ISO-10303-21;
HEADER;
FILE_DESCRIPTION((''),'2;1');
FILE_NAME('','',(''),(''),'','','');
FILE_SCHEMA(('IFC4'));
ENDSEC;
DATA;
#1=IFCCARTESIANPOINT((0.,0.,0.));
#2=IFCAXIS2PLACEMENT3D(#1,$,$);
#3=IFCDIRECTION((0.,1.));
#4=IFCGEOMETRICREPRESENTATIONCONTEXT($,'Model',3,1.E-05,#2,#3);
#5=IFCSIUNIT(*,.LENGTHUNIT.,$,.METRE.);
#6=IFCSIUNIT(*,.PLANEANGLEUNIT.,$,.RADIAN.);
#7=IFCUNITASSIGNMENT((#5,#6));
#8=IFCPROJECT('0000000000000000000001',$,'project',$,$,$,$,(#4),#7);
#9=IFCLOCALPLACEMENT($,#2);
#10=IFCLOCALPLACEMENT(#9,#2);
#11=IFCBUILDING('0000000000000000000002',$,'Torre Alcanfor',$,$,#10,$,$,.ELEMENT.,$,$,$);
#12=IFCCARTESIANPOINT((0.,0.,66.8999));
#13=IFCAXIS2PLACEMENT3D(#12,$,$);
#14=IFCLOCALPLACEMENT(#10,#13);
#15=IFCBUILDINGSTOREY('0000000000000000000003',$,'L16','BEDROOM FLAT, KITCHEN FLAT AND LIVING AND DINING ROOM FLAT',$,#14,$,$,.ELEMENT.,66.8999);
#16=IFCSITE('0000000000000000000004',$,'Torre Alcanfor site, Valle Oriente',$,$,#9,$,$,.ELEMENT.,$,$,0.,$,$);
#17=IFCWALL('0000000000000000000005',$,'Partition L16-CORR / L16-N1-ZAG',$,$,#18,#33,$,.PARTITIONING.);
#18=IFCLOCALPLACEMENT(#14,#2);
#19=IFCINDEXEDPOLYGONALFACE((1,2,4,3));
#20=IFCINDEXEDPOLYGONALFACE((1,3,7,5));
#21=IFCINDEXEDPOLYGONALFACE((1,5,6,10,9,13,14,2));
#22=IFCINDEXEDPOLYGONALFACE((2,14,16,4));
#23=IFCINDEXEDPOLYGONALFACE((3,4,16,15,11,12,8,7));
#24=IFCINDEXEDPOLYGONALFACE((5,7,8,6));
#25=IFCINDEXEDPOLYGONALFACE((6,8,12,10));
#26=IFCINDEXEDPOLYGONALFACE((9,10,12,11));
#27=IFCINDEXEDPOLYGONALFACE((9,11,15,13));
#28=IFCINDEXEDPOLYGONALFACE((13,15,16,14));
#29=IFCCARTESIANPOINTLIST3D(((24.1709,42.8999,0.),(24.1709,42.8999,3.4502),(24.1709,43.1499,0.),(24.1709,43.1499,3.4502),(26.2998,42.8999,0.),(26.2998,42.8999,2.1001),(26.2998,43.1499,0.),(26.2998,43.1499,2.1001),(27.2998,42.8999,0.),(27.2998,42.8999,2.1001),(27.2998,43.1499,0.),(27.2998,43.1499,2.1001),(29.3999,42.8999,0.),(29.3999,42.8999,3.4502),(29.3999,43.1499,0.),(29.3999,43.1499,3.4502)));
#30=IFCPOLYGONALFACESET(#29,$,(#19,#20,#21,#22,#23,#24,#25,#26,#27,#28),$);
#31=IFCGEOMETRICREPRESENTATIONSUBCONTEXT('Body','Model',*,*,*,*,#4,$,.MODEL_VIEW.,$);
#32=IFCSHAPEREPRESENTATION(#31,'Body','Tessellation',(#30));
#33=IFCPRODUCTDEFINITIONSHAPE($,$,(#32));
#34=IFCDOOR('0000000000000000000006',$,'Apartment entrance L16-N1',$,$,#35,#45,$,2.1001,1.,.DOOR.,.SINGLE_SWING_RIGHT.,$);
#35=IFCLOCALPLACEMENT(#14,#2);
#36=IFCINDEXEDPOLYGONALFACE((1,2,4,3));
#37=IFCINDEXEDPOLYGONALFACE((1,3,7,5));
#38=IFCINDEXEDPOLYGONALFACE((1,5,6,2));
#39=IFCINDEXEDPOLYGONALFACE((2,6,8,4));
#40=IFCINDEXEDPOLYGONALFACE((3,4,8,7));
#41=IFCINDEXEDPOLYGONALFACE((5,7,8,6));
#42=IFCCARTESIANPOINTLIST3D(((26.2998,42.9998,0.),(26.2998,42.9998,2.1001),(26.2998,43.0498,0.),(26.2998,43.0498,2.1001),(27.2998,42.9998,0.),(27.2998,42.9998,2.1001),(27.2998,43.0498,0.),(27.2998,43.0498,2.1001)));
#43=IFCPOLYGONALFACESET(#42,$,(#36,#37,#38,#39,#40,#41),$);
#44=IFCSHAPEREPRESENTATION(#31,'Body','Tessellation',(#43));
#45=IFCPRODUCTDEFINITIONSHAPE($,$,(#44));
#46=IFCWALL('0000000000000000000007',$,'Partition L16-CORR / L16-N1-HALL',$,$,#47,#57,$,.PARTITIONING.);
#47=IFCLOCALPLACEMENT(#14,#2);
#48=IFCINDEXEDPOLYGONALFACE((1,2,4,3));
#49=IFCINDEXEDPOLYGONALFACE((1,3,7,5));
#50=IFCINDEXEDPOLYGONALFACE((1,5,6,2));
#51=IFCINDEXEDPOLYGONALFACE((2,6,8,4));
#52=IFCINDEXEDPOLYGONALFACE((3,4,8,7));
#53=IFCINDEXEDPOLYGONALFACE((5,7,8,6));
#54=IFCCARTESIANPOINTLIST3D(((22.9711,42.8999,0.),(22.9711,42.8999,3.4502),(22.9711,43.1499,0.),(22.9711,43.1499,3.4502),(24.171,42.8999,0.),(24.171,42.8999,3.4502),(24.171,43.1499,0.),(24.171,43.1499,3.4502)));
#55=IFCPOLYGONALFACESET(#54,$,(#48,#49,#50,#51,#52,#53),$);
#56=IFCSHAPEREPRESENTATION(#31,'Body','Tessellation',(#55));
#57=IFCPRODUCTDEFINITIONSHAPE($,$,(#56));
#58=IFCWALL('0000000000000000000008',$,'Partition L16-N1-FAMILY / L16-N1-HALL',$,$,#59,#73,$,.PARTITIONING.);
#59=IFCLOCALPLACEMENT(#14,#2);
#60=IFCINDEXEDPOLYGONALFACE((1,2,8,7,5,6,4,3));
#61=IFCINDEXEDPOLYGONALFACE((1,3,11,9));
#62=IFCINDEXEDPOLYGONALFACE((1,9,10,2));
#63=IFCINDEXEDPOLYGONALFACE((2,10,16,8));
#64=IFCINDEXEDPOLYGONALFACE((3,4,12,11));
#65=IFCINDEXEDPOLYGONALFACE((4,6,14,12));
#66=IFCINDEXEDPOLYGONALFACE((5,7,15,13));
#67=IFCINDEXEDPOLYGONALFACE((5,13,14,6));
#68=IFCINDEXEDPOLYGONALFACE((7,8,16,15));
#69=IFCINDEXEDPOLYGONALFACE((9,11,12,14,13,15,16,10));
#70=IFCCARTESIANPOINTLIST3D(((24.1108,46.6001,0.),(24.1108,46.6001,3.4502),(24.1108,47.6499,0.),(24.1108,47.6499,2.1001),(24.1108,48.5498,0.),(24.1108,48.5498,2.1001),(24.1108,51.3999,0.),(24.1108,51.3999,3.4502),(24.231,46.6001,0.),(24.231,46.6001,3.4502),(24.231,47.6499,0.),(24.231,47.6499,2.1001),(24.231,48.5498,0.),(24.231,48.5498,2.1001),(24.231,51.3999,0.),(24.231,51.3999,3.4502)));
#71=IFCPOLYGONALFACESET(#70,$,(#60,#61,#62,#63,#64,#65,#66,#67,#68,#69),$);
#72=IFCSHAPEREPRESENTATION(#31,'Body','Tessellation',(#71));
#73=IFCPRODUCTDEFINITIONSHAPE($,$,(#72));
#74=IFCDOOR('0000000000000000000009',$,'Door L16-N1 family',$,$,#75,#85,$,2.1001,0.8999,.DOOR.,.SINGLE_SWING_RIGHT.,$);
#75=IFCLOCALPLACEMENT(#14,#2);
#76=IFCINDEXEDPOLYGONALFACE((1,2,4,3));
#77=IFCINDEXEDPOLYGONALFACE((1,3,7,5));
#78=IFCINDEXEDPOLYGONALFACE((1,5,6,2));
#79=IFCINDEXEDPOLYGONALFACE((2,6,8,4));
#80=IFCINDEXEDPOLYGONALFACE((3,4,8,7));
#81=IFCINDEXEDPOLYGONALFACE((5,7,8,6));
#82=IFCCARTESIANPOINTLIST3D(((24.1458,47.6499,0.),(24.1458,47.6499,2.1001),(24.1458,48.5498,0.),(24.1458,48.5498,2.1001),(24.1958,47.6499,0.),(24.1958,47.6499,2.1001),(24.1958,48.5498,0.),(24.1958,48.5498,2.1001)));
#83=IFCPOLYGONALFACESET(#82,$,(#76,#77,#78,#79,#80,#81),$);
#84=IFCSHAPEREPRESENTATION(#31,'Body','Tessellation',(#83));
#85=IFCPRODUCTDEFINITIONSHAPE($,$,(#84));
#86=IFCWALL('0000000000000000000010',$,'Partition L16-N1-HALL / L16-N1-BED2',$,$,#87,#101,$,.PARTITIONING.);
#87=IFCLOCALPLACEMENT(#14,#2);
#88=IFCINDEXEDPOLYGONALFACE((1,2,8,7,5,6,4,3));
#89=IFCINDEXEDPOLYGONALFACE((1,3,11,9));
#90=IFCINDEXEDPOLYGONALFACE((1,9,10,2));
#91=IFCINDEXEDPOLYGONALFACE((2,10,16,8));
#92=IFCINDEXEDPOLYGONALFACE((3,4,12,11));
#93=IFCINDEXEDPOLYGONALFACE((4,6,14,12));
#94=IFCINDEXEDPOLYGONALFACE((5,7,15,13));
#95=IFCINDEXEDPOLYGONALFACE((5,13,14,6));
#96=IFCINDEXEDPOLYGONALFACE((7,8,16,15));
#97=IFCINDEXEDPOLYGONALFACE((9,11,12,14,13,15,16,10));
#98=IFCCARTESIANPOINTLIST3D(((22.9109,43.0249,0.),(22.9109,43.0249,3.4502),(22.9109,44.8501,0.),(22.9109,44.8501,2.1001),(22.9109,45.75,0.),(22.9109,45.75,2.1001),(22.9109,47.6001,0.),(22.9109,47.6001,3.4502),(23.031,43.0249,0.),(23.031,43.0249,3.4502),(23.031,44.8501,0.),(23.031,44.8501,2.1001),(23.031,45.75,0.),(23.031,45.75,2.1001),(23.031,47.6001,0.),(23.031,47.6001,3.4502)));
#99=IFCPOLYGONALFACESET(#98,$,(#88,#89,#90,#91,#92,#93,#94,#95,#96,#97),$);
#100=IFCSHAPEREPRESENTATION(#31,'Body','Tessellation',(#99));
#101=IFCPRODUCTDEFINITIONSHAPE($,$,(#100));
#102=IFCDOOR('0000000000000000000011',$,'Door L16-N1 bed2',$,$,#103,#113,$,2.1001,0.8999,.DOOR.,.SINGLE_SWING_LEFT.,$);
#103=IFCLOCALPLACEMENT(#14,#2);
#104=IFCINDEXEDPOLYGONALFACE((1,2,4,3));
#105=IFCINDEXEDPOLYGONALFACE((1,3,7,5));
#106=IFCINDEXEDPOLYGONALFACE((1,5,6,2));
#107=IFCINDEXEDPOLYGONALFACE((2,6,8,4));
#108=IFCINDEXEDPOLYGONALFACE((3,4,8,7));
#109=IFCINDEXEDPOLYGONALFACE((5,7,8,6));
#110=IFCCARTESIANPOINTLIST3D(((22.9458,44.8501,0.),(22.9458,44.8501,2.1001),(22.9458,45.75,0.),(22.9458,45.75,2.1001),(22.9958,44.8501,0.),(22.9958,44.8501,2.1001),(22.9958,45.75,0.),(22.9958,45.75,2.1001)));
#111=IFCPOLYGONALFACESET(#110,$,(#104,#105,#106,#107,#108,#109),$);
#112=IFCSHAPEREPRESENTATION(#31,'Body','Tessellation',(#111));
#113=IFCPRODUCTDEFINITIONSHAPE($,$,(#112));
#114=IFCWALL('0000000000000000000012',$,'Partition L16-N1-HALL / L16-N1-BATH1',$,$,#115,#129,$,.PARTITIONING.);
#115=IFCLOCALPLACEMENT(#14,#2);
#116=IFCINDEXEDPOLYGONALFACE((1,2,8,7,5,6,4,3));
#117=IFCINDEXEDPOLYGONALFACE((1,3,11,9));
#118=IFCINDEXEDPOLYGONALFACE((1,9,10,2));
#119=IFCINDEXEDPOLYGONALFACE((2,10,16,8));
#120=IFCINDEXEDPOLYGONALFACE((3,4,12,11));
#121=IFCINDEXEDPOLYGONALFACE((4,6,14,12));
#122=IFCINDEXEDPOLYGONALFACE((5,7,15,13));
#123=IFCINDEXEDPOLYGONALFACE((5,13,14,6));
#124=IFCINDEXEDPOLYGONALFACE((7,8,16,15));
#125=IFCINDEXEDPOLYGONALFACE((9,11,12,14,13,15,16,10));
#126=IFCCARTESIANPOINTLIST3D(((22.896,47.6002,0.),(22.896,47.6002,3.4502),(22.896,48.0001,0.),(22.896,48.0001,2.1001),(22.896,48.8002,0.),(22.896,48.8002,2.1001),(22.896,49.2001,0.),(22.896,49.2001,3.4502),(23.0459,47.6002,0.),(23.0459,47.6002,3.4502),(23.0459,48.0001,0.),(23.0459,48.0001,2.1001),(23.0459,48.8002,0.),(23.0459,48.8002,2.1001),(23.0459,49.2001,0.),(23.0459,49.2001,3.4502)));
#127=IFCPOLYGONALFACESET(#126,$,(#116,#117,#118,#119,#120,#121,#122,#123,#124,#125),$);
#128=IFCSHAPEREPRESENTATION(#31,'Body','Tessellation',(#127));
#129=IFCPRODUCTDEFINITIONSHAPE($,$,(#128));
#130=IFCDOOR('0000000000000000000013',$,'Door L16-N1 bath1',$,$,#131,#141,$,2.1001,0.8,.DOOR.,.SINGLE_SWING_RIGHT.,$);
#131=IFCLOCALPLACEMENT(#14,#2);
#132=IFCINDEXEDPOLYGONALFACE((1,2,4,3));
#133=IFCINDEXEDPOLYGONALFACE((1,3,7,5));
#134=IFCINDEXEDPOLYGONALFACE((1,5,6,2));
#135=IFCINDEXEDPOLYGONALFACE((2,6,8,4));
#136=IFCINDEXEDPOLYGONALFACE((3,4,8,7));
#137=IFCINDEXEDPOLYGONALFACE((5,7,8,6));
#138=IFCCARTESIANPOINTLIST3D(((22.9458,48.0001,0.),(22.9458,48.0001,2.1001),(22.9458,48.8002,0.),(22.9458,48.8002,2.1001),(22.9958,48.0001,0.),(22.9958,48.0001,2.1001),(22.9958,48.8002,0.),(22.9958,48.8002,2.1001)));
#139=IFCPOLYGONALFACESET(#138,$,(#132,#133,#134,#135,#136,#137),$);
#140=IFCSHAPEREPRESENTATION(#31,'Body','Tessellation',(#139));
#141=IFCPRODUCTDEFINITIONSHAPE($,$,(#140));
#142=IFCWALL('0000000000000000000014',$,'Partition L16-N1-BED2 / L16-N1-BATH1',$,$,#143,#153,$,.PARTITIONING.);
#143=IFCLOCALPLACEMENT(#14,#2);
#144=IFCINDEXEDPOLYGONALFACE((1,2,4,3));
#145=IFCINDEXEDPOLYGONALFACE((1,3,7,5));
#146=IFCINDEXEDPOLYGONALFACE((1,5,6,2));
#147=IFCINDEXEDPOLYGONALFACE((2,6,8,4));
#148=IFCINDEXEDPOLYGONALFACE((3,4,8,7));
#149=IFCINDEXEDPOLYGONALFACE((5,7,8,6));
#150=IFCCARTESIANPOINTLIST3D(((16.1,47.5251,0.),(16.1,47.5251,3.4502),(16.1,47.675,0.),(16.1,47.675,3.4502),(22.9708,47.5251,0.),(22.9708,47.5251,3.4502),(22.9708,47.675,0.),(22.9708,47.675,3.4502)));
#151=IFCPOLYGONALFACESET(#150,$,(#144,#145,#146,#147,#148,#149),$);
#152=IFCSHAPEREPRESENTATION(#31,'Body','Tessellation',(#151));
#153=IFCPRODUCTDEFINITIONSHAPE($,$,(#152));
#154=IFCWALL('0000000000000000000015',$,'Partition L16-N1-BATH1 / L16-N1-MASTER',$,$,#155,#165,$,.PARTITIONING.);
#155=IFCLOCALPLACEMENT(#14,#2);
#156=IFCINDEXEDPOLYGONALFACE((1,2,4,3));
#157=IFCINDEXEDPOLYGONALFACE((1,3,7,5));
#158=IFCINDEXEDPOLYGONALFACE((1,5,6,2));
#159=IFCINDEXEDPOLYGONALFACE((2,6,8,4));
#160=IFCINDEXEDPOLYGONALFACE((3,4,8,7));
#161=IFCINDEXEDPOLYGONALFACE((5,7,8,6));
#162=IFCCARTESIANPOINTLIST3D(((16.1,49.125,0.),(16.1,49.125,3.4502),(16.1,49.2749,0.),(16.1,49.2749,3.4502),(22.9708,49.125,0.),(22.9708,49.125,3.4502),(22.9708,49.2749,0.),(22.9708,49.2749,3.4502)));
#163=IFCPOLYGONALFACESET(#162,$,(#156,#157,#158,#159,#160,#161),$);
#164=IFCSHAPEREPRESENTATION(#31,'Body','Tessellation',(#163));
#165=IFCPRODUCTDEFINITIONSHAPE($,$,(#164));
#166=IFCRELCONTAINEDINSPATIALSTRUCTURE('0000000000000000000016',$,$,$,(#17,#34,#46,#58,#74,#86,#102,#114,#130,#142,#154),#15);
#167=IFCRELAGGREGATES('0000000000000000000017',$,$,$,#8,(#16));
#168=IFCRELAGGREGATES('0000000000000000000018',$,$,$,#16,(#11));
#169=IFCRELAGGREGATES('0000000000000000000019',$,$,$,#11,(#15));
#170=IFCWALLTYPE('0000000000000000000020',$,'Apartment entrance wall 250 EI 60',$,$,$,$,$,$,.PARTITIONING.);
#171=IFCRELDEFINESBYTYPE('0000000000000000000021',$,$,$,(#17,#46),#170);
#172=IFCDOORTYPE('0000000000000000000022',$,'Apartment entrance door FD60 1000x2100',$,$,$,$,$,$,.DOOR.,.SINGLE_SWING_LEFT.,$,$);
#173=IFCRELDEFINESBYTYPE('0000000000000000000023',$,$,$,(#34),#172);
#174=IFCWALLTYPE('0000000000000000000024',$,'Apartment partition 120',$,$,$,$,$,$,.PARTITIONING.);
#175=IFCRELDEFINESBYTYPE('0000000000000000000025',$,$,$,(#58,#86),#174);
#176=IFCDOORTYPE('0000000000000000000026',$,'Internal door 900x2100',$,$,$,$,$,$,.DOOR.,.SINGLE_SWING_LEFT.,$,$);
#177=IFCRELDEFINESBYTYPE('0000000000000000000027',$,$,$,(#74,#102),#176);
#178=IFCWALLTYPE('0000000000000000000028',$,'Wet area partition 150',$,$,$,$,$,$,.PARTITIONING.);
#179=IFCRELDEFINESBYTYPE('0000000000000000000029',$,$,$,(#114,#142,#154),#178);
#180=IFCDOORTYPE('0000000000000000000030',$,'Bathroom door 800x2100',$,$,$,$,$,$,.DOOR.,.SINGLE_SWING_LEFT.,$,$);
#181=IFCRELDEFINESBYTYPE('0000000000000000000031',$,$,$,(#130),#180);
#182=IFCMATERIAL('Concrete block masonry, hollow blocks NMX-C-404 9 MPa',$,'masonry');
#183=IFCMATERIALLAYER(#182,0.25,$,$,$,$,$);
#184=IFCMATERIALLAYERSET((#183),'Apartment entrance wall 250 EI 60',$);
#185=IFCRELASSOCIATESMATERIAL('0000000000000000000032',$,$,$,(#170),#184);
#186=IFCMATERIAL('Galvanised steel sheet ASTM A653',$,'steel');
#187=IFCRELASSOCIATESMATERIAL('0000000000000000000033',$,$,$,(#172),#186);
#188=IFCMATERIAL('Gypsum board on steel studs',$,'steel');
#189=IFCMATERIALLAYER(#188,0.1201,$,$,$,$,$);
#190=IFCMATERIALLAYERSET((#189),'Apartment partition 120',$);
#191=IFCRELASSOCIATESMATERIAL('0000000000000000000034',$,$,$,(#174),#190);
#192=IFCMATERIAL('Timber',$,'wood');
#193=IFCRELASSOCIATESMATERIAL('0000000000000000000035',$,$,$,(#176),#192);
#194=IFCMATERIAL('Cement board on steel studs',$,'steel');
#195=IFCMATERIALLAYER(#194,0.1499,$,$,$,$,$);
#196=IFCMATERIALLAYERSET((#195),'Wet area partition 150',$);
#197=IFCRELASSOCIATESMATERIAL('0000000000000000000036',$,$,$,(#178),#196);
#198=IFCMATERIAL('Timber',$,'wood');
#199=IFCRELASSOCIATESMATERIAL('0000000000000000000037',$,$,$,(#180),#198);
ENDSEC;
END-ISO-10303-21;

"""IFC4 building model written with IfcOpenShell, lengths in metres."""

from ifc_helpers import new_model, si_unit, direction, frame, frame_2d, origin, place, context, subcontext, project, spatial, rectangle, extrude, material, layer, layer_set, type_object, element, fill, save


model = new_model("IFC4")

# Units and contexts
model_context = context("Model", 3, precision=1e-05, world=origin(), true_north=direction((0.0, 1.0)))
body_context = subcontext(model_context, "Body", "Model", "MODEL_VIEW")
ifc_project = project(units=[si_unit("LENGTHUNIT", "METRE"), si_unit("PLANEANGLEUNIT", "RADIAN")], contexts=[model_context])

# Site, building, storey
site_placement = place(None, origin())
site = spatial("IfcSite", under=ifc_project, at=site_placement, Name="Torre Alcanfor site, Valle Oriente", CompositionType="ELEMENT", RefElevation=0.0)
building_placement = place(site_placement, origin())
building = spatial("IfcBuilding", under=site, at=building_placement, Name="Torre Alcanfor", CompositionType="ELEMENT")
storey_placement = place(building_placement, frame((0.0, 0.0, 66.8999)))
storey = spatial("IfcBuildingStorey", under=building, at=storey_placement, Name="L16", Description="BEDROOM FLAT, KITCHEN FLAT AND LIVING AND DINING ROOM FLAT", CompositionType="ELEMENT", Elevation=66.8999)

# Wall, opening, door
ifc_material_1 = material(Name="Concrete block masonry, hollow blocks NMX-C-404 9 MPa", Category="masonry")
ifc_layer_1 = layer(ifc_material_1, 0.25)
ifc_layer_set_1 = layer_set([ifc_layer_1], Name="Apartment entrance wall 250 EI 60")
wall_type_1 = type_object("IfcWallType", Name="Apartment entrance wall 250 EI 60", PredefinedType="PARTITIONING", material=ifc_layer_set_1)
wall_1_placement = place(storey_placement, frame((24.1709, 43.0249, 0.0), z_axis=(0.0, 0.0, 1.0), x_axis=(1.0, 0.0, 0.0)))
wall_1 = element("IfcWall", 1, at=wall_1_placement, inside=storey, type_object=wall_type_1, Name="Partition L16-CORR / L16-N1-ZAG", PredefinedType="PARTITIONING", context=body_context, shape_type="SweptSolid", body=[
    extrude(rectangle(XDim=5.229, YDim=0.25, at=frame_2d((2.6145, 0.0))), origin(), (0.0, 0.0, 1.0), 3.4502),
])
opening_1_placement = place(wall_1_placement, frame((2.1289, 0.0, 0.0)))
opening_1 = element("IfcOpeningElement", 2, at=opening_1_placement, cuts=wall_1, PredefinedType="OPENING", context=body_context, shape_type="SweptSolid", body=[
    extrude(rectangle(XDim=1.0, YDim=2.1001, at=frame_2d((0.5, 1.05))), frame((0.0, 0.135, 0.0), z_axis=(0.0, -1.0, 0.0), x_axis=(1.0, 0.0, 0.0)), (0.0, 0.0, 1.0), 0.27),
])
ifc_material_2 = material(Name="Galvanised steel sheet ASTM A653", Category="steel")
door_type_1 = type_object("IfcDoorType", Name="Apartment entrance door FD60 1000x2100", OperationType="SINGLE_SWING_LEFT", PredefinedType="DOOR", material=ifc_material_2)
door_1_placement = place(opening_1_placement, origin())
door_1 = element("IfcDoor", 3, at=door_1_placement, inside=storey, type_object=door_type_1, Name="Apartment entrance L16-N1", OperationType="SINGLE_SWING_RIGHT", OverallHeight=2.1001, OverallWidth=1.0, PredefinedType="DOOR", context=body_context, shape_type="SweptSolid", body=[
    extrude(rectangle(XDim=1.0, YDim=2.1001, at=frame_2d((0.5, 1.05))), frame((0.0, 0.0249, 0.0), z_axis=(0.0, -1.0, 0.0), x_axis=(1.0, 0.0, 0.0)), (0.0, 0.0, 1.0), 0.05),
])
fill(opening_1, door_1)

# Wall
wall_2_placement = place(storey_placement, frame((22.9709, 43.0249, 0.0), z_axis=(0.0, 0.0, 1.0), x_axis=(1.0, 0.0, 0.0)))
element("IfcWall", 4, at=wall_2_placement, inside=storey, type_object=wall_type_1, Name="Partition L16-CORR / L16-N1-HALL", PredefinedType="PARTITIONING", context=body_context, shape_type="SweptSolid", body=[
    extrude(rectangle(XDim=1.2, YDim=0.25, at=frame_2d((0.6001, 0.0))), origin(), (0.0, 0.0, 1.0), 3.4502),
])

# Walls, openings, doors
ifc_material_3 = material(Name="Gypsum board on steel studs", Category="steel")
ifc_layer_2 = layer(ifc_material_3, 0.1201)
ifc_layer_set_2 = layer_set([ifc_layer_2], Name="Apartment partition 120")
wall_type_2 = type_object("IfcWallType", Name="Apartment partition 120", PredefinedType="PARTITIONING", material=ifc_layer_set_2)
wall_3_placement = place(storey_placement, frame((24.1709, 51.3999, 0.0), z_axis=(0.0, 0.0, 1.0), x_axis=(0.0, -1.0, 0.0)))
wall_3 = element("IfcWall", 5, at=wall_3_placement, inside=storey, type_object=wall_type_2, Name="Partition L16-N1-FAMILY / L16-N1-HALL", PredefinedType="PARTITIONING", context=body_context, shape_type="SweptSolid", body=[
    extrude(rectangle(XDim=4.7998, YDim=0.1201, at=frame_2d((2.3999, 0.0))), origin(), (0.0, 0.0, 1.0), 3.4502),
])
opening_2_placement = place(wall_3_placement, frame((2.8501, 0.0, 0.0)))
opening_2 = element("IfcOpeningElement", 6, at=opening_2_placement, cuts=wall_3, PredefinedType="OPENING", context=body_context, shape_type="SweptSolid", body=[
    extrude(rectangle(XDim=0.8999, YDim=2.1001, at=frame_2d((0.45, 1.05))), frame((0.0, 0.0701, 0.0), z_axis=(0.0, -1.0, 0.0), x_axis=(1.0, 0.0, 0.0)), (0.0, 0.0, 1.0), 0.1401),
])
ifc_material_4 = material(Name="Timber", Category="wood")
door_type_2 = type_object("IfcDoorType", Name="Internal door 900x2100", OperationType="SINGLE_SWING_LEFT", PredefinedType="DOOR", material=ifc_material_4)
door_2_placement = place(opening_2_placement, origin())
door_2 = element("IfcDoor", 7, at=door_2_placement, inside=storey, type_object=door_type_2, Name="Door L16-N1 family", OperationType="SINGLE_SWING_RIGHT", OverallHeight=2.1001, OverallWidth=0.8999, PredefinedType="DOOR", context=body_context, shape_type="SweptSolid", body=[
    extrude(rectangle(XDim=0.8999, YDim=2.1001, at=frame_2d((0.45, 1.05))), frame((0.0, 0.0249, 0.0), z_axis=(0.0, -1.0, 0.0), x_axis=(1.0, 0.0, 0.0)), (0.0, 0.0, 1.0), 0.05),
])
fill(opening_2, door_2)
wall_4_placement = place(storey_placement, frame((22.9709, 47.6001, 0.0), z_axis=(0.0, 0.0, 1.0), x_axis=(0.0, -1.0, 0.0)))
wall_4 = element("IfcWall", 8, at=wall_4_placement, inside=storey, type_object=wall_type_2, Name="Partition L16-N1-HALL / L16-N1-BED2", PredefinedType="PARTITIONING", context=body_context, shape_type="SweptSolid", body=[
    extrude(rectangle(XDim=4.5752, YDim=0.1201, at=frame_2d((2.2876, 0.0))), origin(), (0.0, 0.0, 1.0), 3.4502),
])
opening_3_placement = place(wall_4_placement, frame((1.8501, 0.0, 0.0)))
opening_3 = element("IfcOpeningElement", 9, at=opening_3_placement, cuts=wall_4, PredefinedType="OPENING", context=body_context, shape_type="SweptSolid", body=[
    extrude(rectangle(XDim=0.8999, YDim=2.1001, at=frame_2d((0.45, 1.05))), frame((0.0, 0.0701, 0.0), z_axis=(0.0, -1.0, 0.0), x_axis=(1.0, 0.0, 0.0)), (0.0, 0.0, 1.0), 0.1401),
])
door_3_placement = place(opening_3_placement, frame((0.8999, 0.0, 0.0), z_axis=(0.0, 0.0, 1.0), x_axis=(-1.0, 0.0, 0.0)))
door_3 = element("IfcDoor", 10, at=door_3_placement, inside=storey, type_object=door_type_2, Name="Door L16-N1 bed2", OperationType="SINGLE_SWING_LEFT", OverallHeight=2.1001, OverallWidth=0.8999, PredefinedType="DOOR", context=body_context, shape_type="SweptSolid", body=[
    extrude(rectangle(XDim=0.8999, YDim=2.1001, at=frame_2d((0.45, 1.05))), frame((0.0, 0.0251, 0.0), z_axis=(0.0, -1.0, 0.0), x_axis=(1.0, 0.0, 0.0)), (0.0, 0.0, 1.0), 0.05),
])
fill(opening_3, door_3)
ifc_material_5 = material(Name="Cement board on steel studs", Category="steel")
ifc_layer_3 = layer(ifc_material_5, 0.1499)
ifc_layer_set_3 = layer_set([ifc_layer_3], Name="Wet area partition 150")
wall_type_3 = type_object("IfcWallType", Name="Wet area partition 150", PredefinedType="PARTITIONING", material=ifc_layer_set_3)
wall_5_placement = place(storey_placement, frame((22.9709, 49.2, 0.0), z_axis=(0.0, 0.0, 1.0), x_axis=(0.0, -1.0, 0.0)))
wall_5 = element("IfcWall", 11, at=wall_5_placement, inside=storey, type_object=wall_type_3, Name="Partition L16-N1-HALL / L16-N1-BATH1", PredefinedType="PARTITIONING", context=body_context, shape_type="SweptSolid", body=[
    extrude(rectangle(XDim=1.5999, YDim=0.1499, at=frame_2d((0.7998, 0.0))), origin(), (0.0, 0.0, 1.0), 3.4502),
])
opening_4_placement = place(wall_5_placement, frame((0.3999, 0.0, 0.0)))
opening_4 = element("IfcOpeningElement", 12, at=opening_4_placement, cuts=wall_5, PredefinedType="OPENING", context=body_context, shape_type="SweptSolid", body=[
    extrude(rectangle(XDim=0.8, YDim=2.1001, at=frame_2d((0.3999, 1.05))), frame((0.0, 0.085, 0.0), z_axis=(0.0, -1.0, 0.0), x_axis=(1.0, 0.0, 0.0)), (0.0, 0.0, 1.0), 0.1699),
])
ifc_material_6 = material(Name="Timber", Category="wood")
door_type_3 = type_object("IfcDoorType", Name="Bathroom door 800x2100", OperationType="SINGLE_SWING_LEFT", PredefinedType="DOOR", material=ifc_material_6)
door_4_placement = place(opening_4_placement, frame((0.8, 0.0, 0.0), z_axis=(0.0, 0.0, 1.0), x_axis=(-1.0, 0.0, 0.0)))
door_4 = element("IfcDoor", 13, at=door_4_placement, inside=storey, type_object=door_type_3, Name="Door L16-N1 bath1", OperationType="SINGLE_SWING_RIGHT", OverallHeight=2.1001, OverallWidth=0.8, PredefinedType="DOOR", context=body_context, shape_type="SweptSolid", body=[
    extrude(rectangle(XDim=0.8, YDim=2.1001, at=frame_2d((0.4001, 1.05))), frame((0.0, 0.0251, 0.0), z_axis=(0.0, -1.0, 0.0), x_axis=(1.0, 0.0, 0.0)), (0.0, 0.0, 1.0), 0.05),
])
fill(opening_4, door_4)

# Walls
for number, where, z_axis, x_axis, name in (
    (14, (22.9709, 47.6001, 0.0), (0.0, 0.0, 1.0), (-1.0, 0.0, 0.0), "Partition L16-N1-BED2 / L16-N1-BATH1"),
    (15, (22.9709, 49.2, 0.0), (0.0, 0.0, 1.0), (-1.0, 0.0, 0.0), "Partition L16-N1-BATH1 / L16-N1-MASTER"),
):
    element("IfcWall", number, at=place(storey_placement, frame(where, z_axis=z_axis, x_axis=x_axis)), inside=storey, type_object=wall_type_3, Name=name, PredefinedType="PARTITIONING", context=body_context, shape_type="SweptSolid", body=[
        extrude(rectangle(XDim=6.8708, YDim=0.1499, at=frame_2d((3.4355, 0.0))), origin(), (0.0, 0.0, 1.0), 3.4502),
    ])

save(model, "model.ifc")
